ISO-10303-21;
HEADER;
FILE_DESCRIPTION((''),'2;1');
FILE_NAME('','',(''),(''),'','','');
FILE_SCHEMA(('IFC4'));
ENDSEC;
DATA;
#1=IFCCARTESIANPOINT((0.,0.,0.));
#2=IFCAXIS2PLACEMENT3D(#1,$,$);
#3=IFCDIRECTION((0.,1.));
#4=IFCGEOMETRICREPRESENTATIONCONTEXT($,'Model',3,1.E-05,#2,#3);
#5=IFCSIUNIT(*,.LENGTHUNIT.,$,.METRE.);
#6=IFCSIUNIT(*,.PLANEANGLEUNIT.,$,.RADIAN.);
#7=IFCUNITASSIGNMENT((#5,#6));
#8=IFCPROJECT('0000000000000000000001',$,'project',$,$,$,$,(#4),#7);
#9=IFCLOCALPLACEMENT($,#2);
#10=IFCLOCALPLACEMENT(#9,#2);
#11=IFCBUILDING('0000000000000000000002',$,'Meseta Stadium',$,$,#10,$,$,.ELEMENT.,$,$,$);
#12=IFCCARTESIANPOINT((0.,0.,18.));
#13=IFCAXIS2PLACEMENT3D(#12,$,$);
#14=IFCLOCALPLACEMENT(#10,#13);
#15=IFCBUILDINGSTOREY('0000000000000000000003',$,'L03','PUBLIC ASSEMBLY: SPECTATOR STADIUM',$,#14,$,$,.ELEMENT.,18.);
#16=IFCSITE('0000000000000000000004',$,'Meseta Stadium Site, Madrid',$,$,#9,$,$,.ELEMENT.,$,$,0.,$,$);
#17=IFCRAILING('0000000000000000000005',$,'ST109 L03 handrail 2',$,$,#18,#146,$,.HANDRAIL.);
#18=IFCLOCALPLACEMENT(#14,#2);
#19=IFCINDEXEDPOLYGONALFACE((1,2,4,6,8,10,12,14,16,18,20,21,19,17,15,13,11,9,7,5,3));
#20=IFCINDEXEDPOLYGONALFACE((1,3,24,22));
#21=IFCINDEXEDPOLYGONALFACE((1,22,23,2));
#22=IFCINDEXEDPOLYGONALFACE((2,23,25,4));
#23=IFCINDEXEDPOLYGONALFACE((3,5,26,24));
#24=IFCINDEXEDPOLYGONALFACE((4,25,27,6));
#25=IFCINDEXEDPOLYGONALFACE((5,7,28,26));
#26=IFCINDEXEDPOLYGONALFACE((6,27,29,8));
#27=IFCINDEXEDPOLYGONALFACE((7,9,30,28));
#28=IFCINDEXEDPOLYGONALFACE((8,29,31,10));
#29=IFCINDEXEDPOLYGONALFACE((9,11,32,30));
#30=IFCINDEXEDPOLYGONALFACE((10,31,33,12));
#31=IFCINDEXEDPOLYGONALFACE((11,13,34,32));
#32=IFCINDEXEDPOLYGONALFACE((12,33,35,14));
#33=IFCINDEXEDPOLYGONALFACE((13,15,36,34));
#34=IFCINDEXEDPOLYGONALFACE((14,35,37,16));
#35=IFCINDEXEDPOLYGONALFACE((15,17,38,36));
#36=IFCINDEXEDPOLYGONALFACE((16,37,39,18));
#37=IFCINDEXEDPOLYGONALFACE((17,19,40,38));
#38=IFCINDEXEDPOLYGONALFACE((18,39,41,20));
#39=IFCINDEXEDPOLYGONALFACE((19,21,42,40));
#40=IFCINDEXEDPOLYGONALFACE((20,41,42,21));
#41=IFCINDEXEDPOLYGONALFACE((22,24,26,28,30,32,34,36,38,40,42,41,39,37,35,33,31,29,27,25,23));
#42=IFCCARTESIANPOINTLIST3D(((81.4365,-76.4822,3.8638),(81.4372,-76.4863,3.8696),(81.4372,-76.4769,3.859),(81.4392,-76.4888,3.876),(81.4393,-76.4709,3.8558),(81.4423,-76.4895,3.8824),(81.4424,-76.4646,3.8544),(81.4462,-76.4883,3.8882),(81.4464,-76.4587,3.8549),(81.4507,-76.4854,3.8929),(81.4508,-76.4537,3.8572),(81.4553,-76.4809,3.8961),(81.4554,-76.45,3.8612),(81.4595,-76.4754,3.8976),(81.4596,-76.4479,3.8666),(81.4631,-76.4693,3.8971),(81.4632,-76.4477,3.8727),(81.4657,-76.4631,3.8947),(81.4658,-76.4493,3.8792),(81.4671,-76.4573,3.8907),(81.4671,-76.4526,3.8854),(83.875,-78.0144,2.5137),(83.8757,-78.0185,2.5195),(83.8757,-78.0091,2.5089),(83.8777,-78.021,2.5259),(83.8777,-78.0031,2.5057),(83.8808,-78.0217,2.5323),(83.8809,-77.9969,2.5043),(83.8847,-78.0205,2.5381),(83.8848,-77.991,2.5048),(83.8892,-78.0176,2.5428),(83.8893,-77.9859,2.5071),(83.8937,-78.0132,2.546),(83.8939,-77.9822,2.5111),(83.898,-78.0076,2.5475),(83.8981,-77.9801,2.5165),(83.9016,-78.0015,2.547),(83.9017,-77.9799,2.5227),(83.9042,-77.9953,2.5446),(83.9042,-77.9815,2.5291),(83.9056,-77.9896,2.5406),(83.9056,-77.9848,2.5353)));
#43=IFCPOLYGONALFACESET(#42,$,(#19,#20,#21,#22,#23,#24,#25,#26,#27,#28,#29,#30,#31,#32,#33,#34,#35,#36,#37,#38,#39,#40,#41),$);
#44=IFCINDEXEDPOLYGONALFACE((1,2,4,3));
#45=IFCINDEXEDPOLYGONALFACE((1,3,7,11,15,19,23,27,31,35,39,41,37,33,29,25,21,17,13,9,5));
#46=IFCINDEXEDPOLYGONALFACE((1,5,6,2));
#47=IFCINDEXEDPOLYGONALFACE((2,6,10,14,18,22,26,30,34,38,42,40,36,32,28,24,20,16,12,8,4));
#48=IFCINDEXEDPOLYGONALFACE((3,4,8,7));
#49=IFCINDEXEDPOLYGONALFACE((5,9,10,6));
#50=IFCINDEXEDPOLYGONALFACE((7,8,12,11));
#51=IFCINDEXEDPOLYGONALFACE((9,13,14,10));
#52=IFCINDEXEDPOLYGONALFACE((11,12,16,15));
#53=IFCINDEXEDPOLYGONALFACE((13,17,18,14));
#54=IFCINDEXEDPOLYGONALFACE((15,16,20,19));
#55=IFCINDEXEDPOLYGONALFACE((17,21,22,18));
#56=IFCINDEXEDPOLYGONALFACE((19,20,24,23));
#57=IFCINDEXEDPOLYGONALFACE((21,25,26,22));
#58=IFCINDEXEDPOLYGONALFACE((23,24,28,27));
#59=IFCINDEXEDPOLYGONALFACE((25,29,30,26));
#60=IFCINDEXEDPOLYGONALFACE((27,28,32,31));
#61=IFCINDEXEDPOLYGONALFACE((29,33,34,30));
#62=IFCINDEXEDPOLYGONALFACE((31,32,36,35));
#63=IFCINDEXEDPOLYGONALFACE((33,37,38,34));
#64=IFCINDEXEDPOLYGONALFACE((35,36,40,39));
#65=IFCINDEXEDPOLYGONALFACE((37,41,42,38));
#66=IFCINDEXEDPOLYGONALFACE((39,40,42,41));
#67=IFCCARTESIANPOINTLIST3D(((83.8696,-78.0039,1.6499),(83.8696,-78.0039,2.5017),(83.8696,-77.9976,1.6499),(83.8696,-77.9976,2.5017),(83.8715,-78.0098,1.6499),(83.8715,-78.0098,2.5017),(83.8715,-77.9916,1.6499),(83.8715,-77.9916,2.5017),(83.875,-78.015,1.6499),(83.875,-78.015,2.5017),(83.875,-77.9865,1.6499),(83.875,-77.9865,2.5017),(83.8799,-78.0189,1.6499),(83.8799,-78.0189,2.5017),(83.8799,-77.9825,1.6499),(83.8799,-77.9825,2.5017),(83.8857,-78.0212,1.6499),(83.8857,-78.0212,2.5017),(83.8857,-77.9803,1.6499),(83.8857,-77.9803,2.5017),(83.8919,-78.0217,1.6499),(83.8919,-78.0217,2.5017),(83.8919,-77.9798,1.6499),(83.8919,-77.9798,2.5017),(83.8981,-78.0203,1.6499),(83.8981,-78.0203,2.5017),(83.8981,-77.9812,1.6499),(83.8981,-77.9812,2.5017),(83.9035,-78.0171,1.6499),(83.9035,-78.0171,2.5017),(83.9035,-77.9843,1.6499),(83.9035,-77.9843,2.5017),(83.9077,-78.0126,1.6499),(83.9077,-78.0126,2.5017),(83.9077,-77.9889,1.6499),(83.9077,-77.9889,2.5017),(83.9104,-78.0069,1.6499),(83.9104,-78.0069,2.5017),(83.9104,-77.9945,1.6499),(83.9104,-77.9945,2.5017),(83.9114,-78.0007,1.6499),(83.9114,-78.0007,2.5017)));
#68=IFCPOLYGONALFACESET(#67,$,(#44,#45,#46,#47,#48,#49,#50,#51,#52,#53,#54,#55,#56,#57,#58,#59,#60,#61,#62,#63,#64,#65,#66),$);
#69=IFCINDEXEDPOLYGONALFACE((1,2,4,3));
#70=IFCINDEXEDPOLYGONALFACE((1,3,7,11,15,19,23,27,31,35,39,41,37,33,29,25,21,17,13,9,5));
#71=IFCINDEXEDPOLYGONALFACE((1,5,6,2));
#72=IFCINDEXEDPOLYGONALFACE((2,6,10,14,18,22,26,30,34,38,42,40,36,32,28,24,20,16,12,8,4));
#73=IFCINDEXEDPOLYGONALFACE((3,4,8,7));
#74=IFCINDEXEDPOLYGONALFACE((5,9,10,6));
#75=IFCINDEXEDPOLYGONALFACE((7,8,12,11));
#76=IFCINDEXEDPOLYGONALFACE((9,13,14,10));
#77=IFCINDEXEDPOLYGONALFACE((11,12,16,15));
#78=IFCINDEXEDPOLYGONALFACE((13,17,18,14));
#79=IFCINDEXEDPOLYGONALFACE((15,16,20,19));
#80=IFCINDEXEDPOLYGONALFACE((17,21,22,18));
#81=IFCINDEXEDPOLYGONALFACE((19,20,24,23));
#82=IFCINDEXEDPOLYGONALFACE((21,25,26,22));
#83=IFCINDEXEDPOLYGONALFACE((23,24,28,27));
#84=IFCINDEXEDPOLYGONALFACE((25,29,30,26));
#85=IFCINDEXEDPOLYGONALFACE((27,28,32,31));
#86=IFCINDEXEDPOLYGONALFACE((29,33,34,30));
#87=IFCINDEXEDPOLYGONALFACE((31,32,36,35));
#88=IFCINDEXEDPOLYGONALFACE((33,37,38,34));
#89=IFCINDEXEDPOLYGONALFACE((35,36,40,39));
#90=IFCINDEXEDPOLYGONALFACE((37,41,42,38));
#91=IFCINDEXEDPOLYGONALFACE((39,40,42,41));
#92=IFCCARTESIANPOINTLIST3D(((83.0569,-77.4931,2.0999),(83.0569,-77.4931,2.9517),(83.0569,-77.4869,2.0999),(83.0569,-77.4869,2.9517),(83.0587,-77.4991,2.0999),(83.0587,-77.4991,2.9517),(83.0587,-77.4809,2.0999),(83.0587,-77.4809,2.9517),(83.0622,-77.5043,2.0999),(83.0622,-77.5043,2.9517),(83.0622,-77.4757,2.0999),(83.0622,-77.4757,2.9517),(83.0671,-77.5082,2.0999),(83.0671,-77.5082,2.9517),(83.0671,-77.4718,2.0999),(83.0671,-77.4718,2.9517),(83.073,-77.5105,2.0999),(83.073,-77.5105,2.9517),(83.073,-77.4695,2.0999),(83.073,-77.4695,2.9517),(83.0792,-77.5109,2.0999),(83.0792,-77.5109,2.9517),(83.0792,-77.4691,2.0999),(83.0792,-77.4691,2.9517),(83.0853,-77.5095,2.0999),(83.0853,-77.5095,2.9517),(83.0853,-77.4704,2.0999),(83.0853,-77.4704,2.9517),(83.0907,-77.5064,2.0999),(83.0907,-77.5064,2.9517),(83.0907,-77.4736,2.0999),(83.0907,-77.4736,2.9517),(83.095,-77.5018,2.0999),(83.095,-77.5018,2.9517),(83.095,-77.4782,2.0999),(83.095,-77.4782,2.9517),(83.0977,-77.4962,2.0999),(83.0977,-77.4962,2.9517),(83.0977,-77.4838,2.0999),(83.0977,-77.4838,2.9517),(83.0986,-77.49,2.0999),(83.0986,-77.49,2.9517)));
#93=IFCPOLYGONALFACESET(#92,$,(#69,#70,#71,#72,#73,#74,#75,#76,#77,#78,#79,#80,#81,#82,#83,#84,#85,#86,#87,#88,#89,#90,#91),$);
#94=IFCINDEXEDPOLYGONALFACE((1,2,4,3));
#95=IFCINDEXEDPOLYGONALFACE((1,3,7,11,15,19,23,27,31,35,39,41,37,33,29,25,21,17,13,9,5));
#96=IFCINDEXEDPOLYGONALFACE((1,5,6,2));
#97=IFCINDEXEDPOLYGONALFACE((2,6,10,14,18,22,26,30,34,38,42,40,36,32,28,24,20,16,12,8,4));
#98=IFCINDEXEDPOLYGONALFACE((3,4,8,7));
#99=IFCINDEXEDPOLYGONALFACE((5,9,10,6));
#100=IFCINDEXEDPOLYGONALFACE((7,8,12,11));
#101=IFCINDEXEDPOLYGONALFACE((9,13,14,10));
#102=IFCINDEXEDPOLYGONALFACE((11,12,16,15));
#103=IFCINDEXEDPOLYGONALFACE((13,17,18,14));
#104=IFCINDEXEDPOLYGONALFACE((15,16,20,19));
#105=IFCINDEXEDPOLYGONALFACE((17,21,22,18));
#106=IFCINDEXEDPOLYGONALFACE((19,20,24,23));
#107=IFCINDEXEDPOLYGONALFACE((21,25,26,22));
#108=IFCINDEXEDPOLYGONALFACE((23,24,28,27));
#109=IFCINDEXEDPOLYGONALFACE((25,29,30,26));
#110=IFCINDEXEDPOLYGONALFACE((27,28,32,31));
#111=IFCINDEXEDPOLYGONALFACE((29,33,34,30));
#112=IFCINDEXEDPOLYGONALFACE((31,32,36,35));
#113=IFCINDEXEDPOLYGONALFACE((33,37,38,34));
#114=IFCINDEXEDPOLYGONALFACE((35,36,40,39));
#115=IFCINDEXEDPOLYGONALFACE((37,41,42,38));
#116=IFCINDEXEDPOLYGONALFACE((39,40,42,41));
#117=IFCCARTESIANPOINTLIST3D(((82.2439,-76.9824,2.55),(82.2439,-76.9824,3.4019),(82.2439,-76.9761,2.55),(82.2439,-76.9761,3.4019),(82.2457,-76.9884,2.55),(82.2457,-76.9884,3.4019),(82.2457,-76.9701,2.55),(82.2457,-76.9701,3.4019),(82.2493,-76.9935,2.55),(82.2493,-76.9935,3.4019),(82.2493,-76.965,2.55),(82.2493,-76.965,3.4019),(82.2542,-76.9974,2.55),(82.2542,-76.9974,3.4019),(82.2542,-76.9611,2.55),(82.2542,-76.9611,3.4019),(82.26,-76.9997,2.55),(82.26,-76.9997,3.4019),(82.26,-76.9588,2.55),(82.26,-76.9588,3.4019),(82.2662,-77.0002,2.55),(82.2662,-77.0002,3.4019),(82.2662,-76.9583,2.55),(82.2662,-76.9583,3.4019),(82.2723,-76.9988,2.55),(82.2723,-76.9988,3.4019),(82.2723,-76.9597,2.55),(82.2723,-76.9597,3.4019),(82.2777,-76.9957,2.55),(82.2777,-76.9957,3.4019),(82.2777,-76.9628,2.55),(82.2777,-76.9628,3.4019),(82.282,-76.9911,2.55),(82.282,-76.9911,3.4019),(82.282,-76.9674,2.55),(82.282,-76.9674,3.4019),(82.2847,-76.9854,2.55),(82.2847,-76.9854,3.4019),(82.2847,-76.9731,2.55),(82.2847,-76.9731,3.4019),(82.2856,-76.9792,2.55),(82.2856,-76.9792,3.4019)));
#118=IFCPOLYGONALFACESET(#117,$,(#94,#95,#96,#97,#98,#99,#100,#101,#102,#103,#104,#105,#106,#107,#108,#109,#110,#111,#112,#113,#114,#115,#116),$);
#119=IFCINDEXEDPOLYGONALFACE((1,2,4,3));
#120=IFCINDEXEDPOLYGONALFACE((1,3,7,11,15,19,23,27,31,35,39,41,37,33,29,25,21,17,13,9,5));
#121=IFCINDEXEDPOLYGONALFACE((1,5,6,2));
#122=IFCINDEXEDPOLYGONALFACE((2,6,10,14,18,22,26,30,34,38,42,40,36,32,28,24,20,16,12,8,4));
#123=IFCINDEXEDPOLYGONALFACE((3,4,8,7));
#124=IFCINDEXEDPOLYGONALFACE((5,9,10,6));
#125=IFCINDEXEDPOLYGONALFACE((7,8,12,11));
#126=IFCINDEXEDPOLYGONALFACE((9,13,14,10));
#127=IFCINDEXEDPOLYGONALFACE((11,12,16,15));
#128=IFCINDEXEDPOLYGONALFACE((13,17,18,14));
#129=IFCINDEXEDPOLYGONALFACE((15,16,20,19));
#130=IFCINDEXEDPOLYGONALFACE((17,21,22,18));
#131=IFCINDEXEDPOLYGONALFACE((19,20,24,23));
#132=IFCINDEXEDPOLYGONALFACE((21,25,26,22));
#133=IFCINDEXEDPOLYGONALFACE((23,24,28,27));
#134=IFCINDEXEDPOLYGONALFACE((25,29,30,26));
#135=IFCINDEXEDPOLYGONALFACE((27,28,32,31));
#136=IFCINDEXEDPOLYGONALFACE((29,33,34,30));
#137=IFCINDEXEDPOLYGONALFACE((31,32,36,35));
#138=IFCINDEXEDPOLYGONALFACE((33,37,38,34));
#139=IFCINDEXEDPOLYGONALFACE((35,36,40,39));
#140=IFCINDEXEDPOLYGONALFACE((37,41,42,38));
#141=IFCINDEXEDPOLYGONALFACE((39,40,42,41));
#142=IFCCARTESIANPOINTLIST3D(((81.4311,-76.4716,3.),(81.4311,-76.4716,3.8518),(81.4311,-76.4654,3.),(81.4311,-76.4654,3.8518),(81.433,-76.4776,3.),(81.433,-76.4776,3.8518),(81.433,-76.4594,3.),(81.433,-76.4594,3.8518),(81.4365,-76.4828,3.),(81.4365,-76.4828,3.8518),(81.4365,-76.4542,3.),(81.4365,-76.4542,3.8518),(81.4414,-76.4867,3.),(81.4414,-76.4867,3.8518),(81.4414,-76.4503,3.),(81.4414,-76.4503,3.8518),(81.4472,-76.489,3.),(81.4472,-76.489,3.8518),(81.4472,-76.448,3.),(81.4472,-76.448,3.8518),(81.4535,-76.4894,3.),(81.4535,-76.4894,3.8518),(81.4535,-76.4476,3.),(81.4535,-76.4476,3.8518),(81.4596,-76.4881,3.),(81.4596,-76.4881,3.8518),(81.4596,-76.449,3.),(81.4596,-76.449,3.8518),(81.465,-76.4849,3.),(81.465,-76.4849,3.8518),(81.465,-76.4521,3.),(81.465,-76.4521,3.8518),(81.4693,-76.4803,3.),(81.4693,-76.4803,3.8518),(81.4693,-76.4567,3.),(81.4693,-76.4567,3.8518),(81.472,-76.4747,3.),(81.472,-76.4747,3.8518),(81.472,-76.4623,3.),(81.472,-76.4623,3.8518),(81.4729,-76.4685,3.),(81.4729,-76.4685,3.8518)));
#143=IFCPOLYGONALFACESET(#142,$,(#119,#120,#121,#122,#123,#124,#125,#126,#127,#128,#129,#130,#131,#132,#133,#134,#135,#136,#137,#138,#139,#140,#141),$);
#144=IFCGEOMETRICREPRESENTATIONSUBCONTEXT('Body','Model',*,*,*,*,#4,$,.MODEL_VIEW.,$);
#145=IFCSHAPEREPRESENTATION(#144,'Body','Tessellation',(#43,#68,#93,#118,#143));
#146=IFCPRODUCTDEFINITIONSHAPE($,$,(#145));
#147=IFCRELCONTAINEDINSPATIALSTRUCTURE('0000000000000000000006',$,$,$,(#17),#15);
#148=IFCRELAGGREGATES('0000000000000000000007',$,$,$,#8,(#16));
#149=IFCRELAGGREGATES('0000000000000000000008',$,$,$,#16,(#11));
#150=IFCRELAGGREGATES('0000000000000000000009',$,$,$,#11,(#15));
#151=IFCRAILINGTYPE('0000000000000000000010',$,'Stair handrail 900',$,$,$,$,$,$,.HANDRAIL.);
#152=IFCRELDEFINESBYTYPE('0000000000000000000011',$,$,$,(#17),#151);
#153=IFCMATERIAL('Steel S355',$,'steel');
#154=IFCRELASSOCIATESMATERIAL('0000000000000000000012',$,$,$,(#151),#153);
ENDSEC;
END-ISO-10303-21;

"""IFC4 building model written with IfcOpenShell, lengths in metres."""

from ifc_helpers import new_model, si_unit, direction, frame, origin, origin_2d, place, context, subcontext, project, spatial, circle, extrude, material, type_object, element, save


model = new_model("IFC4")

# Units and contexts
model_context = context("Model", 3, precision=1e-05, world=origin(), true_north=direction((0.0, 1.0)))
body_context = subcontext(model_context, "Body", "Model", "MODEL_VIEW")
ifc_project = project(units=[si_unit("LENGTHUNIT", "METRE"), si_unit("PLANEANGLEUNIT", "RADIAN")], contexts=[model_context])

# Site, building, storey
site_placement = place(None, origin())
site = spatial("IfcSite", under=ifc_project, at=site_placement, Name="Meseta Stadium Site, Madrid", CompositionType="ELEMENT", RefElevation=0.0)
building_placement = place(site_placement, origin())
building = spatial("IfcBuilding", under=site, at=building_placement, Name="Meseta Stadium", CompositionType="ELEMENT")
storey_placement = place(building_placement, frame((0.0, 0.0, 18.0)))
storey = spatial("IfcBuildingStorey", under=building, at=storey_placement, Name="L03", Description="PUBLIC ASSEMBLY: SPECTATOR STADIUM", CompositionType="ELEMENT", Elevation=18.0)

# Railing
ifc_material_1 = material(Name="Steel S355", Category="steel")
railing_type_1 = type_object("IfcRailingType", Name="Stair handrail 900", PredefinedType="HANDRAIL", material=ifc_material_1)
railing_1_placement = place(storey_placement, frame((83.8904, -78.0007, 1.6499)))
element("IfcRailing", 1, at=railing_1_placement, inside=storey, type_object=railing_type_1, Name="ST109 L03 handrail 2", PredefinedType="HANDRAIL", context=body_context, shape_type="SweptSolid", body=[
    extrude(circle(Radius=0.0239, at=origin_2d()), frame((0.0, 0.0, 0.876), z_axis=(-0.766655, 0.481731, 0.42447), x_axis=(-0.53204, -0.846719, 0.0)), (0.0, 0.0, 1.0), 3.1807),
    extrude(circle(Radius=0.021, at=origin_2d()), origin(), (0.0, 0.0, 1.0), 0.8518),
    extrude(circle(Radius=0.021, at=origin_2d()), frame((-0.8127, 0.5107, 0.45)), (0.0, 0.0, 1.0), 0.8518),
    extrude(circle(Radius=0.021, at=origin_2d()), frame((-1.6257, 1.0215, 0.9001)), (0.0, 0.0, 1.0), 0.8518),
    extrude(circle(Radius=0.021, at=origin_2d()), frame((-2.4385, 1.5322, 1.3501)), (0.0, 0.0, 1.0), 0.8518),
])

save(model, "model.ifc")
